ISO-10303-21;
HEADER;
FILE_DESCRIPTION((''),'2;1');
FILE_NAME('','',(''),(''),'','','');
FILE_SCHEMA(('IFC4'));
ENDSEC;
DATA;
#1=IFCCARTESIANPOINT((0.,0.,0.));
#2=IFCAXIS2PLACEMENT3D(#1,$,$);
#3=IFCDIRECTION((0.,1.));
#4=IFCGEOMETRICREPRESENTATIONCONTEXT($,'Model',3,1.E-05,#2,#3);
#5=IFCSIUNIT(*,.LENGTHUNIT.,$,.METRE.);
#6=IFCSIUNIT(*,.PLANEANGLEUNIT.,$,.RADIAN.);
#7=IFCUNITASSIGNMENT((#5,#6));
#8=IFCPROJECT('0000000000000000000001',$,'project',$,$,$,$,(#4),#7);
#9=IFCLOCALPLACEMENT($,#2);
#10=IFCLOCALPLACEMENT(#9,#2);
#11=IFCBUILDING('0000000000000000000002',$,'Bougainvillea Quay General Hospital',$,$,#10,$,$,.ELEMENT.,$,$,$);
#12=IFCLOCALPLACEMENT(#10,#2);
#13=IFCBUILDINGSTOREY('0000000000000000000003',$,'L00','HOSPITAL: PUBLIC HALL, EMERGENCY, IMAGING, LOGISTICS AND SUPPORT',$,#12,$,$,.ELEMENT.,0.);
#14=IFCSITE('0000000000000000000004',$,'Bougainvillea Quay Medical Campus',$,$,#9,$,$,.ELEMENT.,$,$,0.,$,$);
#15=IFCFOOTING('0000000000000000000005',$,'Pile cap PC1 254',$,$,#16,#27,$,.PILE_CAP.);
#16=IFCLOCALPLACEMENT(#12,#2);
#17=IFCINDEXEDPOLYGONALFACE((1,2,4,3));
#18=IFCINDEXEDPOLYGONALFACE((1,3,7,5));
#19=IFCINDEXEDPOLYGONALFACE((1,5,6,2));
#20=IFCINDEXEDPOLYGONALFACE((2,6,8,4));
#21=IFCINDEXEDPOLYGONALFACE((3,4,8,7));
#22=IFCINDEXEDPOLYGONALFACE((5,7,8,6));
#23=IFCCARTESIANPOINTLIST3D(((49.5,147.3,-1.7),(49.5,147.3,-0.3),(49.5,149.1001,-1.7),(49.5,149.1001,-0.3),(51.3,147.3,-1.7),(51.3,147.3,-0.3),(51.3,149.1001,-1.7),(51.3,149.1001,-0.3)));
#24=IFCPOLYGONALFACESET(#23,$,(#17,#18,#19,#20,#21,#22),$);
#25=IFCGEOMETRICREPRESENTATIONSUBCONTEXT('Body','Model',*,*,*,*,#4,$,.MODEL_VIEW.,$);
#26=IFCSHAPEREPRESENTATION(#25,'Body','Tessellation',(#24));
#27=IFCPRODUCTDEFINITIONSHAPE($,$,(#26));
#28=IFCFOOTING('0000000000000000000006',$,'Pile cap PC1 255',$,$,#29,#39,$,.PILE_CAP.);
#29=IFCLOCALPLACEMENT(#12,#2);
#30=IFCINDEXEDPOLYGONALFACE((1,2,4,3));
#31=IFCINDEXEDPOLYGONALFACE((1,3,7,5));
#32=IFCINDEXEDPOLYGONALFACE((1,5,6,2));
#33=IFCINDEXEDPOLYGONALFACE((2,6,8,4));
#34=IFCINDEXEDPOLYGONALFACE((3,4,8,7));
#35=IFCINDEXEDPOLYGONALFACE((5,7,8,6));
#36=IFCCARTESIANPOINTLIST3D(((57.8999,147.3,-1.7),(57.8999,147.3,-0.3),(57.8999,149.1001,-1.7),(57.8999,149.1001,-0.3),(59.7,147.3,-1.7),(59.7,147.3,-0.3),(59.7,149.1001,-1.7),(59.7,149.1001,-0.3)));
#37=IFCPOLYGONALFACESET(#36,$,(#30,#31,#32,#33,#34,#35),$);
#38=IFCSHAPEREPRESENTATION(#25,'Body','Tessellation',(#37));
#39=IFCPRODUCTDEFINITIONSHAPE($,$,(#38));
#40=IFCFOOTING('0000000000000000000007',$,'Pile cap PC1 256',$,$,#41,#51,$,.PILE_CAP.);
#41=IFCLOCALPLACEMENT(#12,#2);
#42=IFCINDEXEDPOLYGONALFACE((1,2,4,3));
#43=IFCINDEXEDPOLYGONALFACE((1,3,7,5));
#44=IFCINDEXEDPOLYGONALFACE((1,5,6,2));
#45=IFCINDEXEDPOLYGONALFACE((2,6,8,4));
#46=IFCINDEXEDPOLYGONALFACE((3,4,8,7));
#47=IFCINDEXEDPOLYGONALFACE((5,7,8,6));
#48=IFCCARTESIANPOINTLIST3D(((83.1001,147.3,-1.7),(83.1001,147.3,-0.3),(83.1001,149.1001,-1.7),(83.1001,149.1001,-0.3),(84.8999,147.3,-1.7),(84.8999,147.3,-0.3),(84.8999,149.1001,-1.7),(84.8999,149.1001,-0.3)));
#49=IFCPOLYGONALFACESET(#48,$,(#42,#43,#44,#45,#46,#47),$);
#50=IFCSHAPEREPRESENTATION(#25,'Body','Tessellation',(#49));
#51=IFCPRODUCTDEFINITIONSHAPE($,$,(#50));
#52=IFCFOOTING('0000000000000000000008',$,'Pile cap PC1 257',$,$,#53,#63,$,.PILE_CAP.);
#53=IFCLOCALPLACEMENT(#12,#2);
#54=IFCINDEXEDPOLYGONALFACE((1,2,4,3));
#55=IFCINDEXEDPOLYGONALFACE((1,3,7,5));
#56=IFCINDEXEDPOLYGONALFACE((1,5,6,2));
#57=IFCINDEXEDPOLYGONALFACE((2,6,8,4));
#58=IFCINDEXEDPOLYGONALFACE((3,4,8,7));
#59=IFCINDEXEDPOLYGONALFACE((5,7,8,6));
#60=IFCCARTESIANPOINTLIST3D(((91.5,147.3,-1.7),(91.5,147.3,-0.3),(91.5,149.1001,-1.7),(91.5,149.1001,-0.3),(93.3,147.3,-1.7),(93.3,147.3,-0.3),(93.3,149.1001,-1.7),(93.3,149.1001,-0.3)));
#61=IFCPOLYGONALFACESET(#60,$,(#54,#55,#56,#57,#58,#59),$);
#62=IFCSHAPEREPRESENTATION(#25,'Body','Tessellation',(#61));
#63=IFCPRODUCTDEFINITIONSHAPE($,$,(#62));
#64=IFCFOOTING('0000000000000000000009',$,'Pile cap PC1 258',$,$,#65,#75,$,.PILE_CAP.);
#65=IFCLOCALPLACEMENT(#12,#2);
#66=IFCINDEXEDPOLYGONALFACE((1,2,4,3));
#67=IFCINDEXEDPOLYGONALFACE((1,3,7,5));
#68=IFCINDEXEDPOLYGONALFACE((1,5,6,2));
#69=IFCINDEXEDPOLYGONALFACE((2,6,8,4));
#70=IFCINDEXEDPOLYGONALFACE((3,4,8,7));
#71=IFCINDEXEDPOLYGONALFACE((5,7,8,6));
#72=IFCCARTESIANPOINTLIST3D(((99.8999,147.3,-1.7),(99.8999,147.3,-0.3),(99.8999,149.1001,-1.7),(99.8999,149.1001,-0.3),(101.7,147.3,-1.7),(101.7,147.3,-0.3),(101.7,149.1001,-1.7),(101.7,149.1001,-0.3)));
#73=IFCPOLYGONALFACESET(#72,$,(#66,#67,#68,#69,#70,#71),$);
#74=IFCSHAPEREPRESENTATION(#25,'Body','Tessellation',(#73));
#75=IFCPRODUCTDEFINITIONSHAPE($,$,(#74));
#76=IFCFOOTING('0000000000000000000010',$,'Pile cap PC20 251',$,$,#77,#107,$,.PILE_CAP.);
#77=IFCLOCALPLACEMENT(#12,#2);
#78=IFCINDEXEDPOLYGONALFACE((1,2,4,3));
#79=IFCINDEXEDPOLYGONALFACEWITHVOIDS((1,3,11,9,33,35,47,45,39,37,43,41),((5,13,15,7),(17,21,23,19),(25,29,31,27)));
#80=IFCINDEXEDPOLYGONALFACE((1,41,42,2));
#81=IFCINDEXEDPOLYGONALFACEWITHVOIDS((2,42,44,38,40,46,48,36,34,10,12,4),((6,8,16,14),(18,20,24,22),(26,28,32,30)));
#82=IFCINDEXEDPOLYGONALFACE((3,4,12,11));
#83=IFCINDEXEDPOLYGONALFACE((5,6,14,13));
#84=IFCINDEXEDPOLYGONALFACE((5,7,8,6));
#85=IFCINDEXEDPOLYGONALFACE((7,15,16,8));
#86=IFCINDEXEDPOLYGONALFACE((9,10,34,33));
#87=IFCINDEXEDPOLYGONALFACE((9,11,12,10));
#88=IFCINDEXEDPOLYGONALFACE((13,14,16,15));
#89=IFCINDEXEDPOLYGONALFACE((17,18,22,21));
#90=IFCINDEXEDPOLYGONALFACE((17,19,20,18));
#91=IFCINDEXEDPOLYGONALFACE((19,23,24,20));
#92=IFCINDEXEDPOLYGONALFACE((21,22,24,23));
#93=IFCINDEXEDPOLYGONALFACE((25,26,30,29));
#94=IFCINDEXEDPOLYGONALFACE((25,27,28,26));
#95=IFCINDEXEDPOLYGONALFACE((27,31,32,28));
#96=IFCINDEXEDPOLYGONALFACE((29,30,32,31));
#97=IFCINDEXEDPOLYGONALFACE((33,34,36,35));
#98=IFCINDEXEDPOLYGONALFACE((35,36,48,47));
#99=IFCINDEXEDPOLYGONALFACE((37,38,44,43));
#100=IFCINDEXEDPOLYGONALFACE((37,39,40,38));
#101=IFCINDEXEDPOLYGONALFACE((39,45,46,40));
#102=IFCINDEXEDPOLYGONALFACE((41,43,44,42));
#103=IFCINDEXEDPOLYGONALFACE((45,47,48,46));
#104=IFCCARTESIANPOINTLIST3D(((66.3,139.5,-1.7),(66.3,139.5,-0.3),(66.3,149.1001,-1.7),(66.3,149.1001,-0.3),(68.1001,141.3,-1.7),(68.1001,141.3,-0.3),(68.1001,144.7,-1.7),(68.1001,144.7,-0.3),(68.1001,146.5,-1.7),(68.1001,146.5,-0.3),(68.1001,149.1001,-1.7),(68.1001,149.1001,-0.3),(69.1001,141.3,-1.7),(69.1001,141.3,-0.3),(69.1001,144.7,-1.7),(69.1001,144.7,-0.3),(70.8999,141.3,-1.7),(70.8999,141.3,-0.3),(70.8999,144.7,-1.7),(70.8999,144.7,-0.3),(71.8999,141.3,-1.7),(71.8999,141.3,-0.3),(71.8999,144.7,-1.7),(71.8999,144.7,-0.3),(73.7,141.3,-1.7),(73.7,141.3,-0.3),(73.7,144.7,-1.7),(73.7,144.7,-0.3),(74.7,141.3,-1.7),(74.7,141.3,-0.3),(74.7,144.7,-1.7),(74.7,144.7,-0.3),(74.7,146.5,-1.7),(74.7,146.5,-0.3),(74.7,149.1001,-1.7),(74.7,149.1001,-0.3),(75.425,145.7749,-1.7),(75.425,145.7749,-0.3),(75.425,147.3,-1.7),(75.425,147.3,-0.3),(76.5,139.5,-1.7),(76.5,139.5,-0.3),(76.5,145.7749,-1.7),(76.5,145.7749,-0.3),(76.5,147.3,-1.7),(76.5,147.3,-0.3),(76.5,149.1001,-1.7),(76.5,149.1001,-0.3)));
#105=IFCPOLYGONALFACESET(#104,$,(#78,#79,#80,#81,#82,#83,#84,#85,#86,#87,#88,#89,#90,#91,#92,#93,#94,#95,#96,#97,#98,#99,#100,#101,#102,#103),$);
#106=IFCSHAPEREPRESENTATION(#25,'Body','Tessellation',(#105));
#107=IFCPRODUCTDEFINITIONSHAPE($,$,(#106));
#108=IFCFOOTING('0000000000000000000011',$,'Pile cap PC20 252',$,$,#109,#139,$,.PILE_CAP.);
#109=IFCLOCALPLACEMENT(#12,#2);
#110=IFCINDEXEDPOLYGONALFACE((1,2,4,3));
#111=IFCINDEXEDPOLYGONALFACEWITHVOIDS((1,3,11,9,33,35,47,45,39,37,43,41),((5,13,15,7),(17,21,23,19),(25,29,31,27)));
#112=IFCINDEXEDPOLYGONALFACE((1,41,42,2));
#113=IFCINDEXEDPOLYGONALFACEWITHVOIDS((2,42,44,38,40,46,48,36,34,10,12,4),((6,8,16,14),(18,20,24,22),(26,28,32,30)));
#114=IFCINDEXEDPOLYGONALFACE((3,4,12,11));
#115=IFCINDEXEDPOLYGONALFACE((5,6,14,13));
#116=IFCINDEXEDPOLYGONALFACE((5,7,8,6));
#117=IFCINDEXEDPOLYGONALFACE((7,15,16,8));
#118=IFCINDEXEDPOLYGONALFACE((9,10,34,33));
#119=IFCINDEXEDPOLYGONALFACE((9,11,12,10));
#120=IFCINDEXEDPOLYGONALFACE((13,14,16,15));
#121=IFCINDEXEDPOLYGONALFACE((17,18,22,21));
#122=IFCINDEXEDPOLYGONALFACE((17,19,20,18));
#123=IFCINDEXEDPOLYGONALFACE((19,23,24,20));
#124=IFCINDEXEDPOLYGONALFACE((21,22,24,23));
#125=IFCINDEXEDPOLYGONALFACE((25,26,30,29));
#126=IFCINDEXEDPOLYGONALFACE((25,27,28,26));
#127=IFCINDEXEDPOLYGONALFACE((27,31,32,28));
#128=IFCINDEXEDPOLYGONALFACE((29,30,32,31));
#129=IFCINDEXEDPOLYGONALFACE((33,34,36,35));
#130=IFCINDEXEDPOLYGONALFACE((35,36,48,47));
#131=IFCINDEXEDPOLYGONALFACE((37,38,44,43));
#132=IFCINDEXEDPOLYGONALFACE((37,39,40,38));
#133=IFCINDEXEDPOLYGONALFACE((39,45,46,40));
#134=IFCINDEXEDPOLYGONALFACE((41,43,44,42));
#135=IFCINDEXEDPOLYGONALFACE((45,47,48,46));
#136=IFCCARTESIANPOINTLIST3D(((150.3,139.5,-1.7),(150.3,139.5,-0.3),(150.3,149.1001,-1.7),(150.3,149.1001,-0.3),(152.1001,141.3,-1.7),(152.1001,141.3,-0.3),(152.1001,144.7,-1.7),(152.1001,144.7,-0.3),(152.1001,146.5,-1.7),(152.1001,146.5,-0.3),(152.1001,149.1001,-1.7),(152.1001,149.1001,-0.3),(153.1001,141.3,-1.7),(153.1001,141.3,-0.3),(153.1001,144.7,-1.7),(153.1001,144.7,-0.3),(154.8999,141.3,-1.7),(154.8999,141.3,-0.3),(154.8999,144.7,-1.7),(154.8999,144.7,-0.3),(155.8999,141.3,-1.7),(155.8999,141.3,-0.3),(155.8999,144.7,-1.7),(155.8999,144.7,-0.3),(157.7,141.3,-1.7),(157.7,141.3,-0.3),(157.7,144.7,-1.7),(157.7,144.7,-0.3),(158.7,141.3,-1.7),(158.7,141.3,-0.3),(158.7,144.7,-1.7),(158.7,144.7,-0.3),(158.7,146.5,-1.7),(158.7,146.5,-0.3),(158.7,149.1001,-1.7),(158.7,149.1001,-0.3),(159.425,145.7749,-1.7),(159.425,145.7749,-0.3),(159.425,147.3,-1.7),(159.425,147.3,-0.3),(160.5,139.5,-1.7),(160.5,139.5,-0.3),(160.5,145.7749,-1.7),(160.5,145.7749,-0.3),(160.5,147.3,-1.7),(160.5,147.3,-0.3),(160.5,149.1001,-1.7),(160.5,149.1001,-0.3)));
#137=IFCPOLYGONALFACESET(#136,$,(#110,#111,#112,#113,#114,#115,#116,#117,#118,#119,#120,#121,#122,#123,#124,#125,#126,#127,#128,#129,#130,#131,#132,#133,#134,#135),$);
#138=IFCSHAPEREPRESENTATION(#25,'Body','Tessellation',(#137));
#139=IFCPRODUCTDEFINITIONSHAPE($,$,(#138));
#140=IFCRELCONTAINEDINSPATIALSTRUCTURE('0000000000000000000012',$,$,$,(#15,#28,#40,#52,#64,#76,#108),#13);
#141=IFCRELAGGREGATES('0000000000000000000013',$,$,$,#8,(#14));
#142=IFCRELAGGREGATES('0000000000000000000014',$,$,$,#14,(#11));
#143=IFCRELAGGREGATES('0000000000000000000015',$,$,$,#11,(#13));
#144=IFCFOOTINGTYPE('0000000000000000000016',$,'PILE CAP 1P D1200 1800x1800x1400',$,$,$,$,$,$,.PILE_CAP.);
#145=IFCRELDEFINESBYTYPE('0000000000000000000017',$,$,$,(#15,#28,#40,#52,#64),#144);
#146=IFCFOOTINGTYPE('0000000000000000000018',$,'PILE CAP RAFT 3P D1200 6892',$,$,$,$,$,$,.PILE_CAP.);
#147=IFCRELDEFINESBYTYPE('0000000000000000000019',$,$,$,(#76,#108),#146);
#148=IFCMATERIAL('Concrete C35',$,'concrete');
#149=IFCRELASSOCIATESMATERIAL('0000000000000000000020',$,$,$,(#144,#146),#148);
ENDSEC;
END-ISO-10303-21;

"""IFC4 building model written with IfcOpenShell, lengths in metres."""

from ifc_helpers import new_model, si_unit, direction, frame, origin, place, context, subcontext, project, spatial, polyline, outline, extrude, material, type_object, element, save


model = new_model("IFC4")

# Units and contexts
model_context = context("Model", 3, precision=1e-05, world=origin(), true_north=direction((0.0, 1.0)))
body_context = subcontext(model_context, "Body", "Model", "MODEL_VIEW")
ifc_project = project(units=[si_unit("LENGTHUNIT", "METRE"), si_unit("PLANEANGLEUNIT", "RADIAN")], contexts=[model_context])

# Site, building, storey
site_placement = place(None, origin())
site = spatial("IfcSite", under=ifc_project, at=site_placement, Name="Bougainvillea Quay Medical Campus", CompositionType="ELEMENT", RefElevation=0.0)
building_placement = place(site_placement, origin())
building = spatial("IfcBuilding", under=site, at=building_placement, Name="Bougainvillea Quay General Hospital", CompositionType="ELEMENT")
storey_placement = place(building_placement, origin())
storey = spatial("IfcBuildingStorey", under=building, at=storey_placement, Name="L00", Description="HOSPITAL: PUBLIC HALL, EMERGENCY, IMAGING, LOGISTICS AND SUPPORT", CompositionType="ELEMENT", Elevation=0.0)

# Footings
ifc_material = material(Name="Concrete C35", Category="concrete")
footing_type_1 = type_object("IfcFootingType", Name="PILE CAP 1P D1200 1800x1800x1400", PredefinedType="PILE_CAP", material=ifc_material)
footing_1_placement = place(storey_placement, frame((0.0, 0.0, -1.7)))
element("IfcFooting", 1, at=footing_1_placement, inside=storey, type_object=footing_type_1, Name="Pile cap PC1 254", PredefinedType="PILE_CAP", context=body_context, shape_type="SweptSolid", body=[
    extrude(outline(polyline([(49.5, 147.3), (51.3, 147.3), (51.3, 149.1001), (49.5, 149.1001), (49.5, 147.3)])), origin(), (0.0, 0.0, 1.0), 1.3999),
])
footing_2_placement = place(storey_placement, frame((0.0, 0.0, -1.7)))
element("IfcFooting", 2, at=footing_2_placement, inside=storey, type_object=footing_type_1, Name="Pile cap PC1 255", PredefinedType="PILE_CAP", context=body_context, shape_type="SweptSolid", body=[
    extrude(outline(polyline([(57.8999, 147.3), (59.7, 147.3), (59.7, 149.1001), (57.8999, 149.1001), (57.8999, 147.3)])), origin(), (0.0, 0.0, 1.0), 1.3999),
])
footing_3_placement = place(storey_placement, frame((0.0, 0.0, -1.7)))
element("IfcFooting", 3, at=footing_3_placement, inside=storey, type_object=footing_type_1, Name="Pile cap PC1 256", PredefinedType="PILE_CAP", context=body_context, shape_type="SweptSolid", body=[
    extrude(outline(polyline([(83.1001, 147.3), (84.8999, 147.3), (84.8999, 149.1001), (83.1001, 149.1001), (83.1001, 147.3)])), origin(), (0.0, 0.0, 1.0), 1.3999),
])
footing_4_placement = place(storey_placement, frame((0.0, 0.0, -1.7)))
element("IfcFooting", 4, at=footing_4_placement, inside=storey, type_object=footing_type_1, Name="Pile cap PC1 257", PredefinedType="PILE_CAP", context=body_context, shape_type="SweptSolid", body=[
    extrude(outline(polyline([(91.5, 147.3), (93.3, 147.3), (93.3, 149.1001), (91.5, 149.1001), (91.5, 147.3)])), origin(), (0.0, 0.0, 1.0), 1.3999),
])
footing_5_placement = place(storey_placement, frame((0.0, 0.0, -1.7)))
element("IfcFooting", 5, at=footing_5_placement, inside=storey, type_object=footing_type_1, Name="Pile cap PC1 258", PredefinedType="PILE_CAP", context=body_context, shape_type="SweptSolid", body=[
    extrude(outline(polyline([(99.8999, 147.3), (101.7, 147.3), (101.7, 149.1001), (99.8999, 149.1001), (99.8999, 147.3)])), origin(), (0.0, 0.0, 1.0), 1.3999),
])
footing_type_2 = type_object("IfcFootingType", Name="PILE CAP RAFT 3P D1200 6892", PredefinedType="PILE_CAP", material=ifc_material)
footing_6_placement = place(storey_placement, frame((0.0, 0.0, -1.7)))
element("IfcFooting", 6, at=footing_6_placement, inside=storey, type_object=footing_type_2, Name="Pile cap PC20 251", PredefinedType="PILE_CAP", context=body_context, shape_type="SweptSolid", body=[
    extrude(outline(polyline([(76.5, 139.5), (66.3, 139.5), (66.3, 149.1001), (68.1001, 149.1001), (68.1001, 146.5), (74.7, 146.5), (74.7, 149.1001), (76.5, 149.1001), (76.5, 147.3), (75.425, 147.3), (75.425, 145.7749), (76.5, 145.7749), (76.5, 139.5)]), holes=[polyline([(74.7, 144.7), (73.7, 144.7), (73.7, 141.3), (74.7, 141.3), (74.7, 144.7)]), polyline([(71.8999, 141.3), (71.8999, 144.7), (70.8999, 144.7), (70.8999, 141.3), (71.8999, 141.3)]), polyline([(69.1001, 141.3), (69.1001, 144.7), (68.1001, 144.7), (68.1001, 141.3), (69.1001, 141.3)])]), origin(), (0.0, 0.0, 1.0), 1.3999),
])
footing_7_placement = place(storey_placement, frame((0.0, 0.0, -1.7)))
element("IfcFooting", 7, at=footing_7_placement, inside=storey, type_object=footing_type_2, Name="Pile cap PC20 252", PredefinedType="PILE_CAP", context=body_context, shape_type="SweptSolid", body=[
    extrude(outline(polyline([(160.5, 139.5), (150.3, 139.5), (150.3, 149.1001), (152.1001, 149.1001), (152.1001, 146.5), (158.7, 146.5), (158.7, 149.1001), (160.5, 149.1001), (160.5, 147.3), (159.425, 147.3), (159.425, 145.7749), (160.5, 145.7749), (160.5, 139.5)]), holes=[polyline([(158.7, 144.7), (157.7, 144.7), (157.7, 141.3), (158.7, 141.3), (158.7, 144.7)]), polyline([(155.8999, 141.3), (155.8999, 144.7), (154.8999, 144.7), (154.8999, 141.3), (155.8999, 141.3)]), polyline([(153.1001, 141.3), (153.1001, 144.7), (152.1001, 144.7), (152.1001, 141.3), (153.1001, 141.3)])]), origin(), (0.0, 0.0, 1.0), 1.3999),
])

save(model, "model.ifc")
